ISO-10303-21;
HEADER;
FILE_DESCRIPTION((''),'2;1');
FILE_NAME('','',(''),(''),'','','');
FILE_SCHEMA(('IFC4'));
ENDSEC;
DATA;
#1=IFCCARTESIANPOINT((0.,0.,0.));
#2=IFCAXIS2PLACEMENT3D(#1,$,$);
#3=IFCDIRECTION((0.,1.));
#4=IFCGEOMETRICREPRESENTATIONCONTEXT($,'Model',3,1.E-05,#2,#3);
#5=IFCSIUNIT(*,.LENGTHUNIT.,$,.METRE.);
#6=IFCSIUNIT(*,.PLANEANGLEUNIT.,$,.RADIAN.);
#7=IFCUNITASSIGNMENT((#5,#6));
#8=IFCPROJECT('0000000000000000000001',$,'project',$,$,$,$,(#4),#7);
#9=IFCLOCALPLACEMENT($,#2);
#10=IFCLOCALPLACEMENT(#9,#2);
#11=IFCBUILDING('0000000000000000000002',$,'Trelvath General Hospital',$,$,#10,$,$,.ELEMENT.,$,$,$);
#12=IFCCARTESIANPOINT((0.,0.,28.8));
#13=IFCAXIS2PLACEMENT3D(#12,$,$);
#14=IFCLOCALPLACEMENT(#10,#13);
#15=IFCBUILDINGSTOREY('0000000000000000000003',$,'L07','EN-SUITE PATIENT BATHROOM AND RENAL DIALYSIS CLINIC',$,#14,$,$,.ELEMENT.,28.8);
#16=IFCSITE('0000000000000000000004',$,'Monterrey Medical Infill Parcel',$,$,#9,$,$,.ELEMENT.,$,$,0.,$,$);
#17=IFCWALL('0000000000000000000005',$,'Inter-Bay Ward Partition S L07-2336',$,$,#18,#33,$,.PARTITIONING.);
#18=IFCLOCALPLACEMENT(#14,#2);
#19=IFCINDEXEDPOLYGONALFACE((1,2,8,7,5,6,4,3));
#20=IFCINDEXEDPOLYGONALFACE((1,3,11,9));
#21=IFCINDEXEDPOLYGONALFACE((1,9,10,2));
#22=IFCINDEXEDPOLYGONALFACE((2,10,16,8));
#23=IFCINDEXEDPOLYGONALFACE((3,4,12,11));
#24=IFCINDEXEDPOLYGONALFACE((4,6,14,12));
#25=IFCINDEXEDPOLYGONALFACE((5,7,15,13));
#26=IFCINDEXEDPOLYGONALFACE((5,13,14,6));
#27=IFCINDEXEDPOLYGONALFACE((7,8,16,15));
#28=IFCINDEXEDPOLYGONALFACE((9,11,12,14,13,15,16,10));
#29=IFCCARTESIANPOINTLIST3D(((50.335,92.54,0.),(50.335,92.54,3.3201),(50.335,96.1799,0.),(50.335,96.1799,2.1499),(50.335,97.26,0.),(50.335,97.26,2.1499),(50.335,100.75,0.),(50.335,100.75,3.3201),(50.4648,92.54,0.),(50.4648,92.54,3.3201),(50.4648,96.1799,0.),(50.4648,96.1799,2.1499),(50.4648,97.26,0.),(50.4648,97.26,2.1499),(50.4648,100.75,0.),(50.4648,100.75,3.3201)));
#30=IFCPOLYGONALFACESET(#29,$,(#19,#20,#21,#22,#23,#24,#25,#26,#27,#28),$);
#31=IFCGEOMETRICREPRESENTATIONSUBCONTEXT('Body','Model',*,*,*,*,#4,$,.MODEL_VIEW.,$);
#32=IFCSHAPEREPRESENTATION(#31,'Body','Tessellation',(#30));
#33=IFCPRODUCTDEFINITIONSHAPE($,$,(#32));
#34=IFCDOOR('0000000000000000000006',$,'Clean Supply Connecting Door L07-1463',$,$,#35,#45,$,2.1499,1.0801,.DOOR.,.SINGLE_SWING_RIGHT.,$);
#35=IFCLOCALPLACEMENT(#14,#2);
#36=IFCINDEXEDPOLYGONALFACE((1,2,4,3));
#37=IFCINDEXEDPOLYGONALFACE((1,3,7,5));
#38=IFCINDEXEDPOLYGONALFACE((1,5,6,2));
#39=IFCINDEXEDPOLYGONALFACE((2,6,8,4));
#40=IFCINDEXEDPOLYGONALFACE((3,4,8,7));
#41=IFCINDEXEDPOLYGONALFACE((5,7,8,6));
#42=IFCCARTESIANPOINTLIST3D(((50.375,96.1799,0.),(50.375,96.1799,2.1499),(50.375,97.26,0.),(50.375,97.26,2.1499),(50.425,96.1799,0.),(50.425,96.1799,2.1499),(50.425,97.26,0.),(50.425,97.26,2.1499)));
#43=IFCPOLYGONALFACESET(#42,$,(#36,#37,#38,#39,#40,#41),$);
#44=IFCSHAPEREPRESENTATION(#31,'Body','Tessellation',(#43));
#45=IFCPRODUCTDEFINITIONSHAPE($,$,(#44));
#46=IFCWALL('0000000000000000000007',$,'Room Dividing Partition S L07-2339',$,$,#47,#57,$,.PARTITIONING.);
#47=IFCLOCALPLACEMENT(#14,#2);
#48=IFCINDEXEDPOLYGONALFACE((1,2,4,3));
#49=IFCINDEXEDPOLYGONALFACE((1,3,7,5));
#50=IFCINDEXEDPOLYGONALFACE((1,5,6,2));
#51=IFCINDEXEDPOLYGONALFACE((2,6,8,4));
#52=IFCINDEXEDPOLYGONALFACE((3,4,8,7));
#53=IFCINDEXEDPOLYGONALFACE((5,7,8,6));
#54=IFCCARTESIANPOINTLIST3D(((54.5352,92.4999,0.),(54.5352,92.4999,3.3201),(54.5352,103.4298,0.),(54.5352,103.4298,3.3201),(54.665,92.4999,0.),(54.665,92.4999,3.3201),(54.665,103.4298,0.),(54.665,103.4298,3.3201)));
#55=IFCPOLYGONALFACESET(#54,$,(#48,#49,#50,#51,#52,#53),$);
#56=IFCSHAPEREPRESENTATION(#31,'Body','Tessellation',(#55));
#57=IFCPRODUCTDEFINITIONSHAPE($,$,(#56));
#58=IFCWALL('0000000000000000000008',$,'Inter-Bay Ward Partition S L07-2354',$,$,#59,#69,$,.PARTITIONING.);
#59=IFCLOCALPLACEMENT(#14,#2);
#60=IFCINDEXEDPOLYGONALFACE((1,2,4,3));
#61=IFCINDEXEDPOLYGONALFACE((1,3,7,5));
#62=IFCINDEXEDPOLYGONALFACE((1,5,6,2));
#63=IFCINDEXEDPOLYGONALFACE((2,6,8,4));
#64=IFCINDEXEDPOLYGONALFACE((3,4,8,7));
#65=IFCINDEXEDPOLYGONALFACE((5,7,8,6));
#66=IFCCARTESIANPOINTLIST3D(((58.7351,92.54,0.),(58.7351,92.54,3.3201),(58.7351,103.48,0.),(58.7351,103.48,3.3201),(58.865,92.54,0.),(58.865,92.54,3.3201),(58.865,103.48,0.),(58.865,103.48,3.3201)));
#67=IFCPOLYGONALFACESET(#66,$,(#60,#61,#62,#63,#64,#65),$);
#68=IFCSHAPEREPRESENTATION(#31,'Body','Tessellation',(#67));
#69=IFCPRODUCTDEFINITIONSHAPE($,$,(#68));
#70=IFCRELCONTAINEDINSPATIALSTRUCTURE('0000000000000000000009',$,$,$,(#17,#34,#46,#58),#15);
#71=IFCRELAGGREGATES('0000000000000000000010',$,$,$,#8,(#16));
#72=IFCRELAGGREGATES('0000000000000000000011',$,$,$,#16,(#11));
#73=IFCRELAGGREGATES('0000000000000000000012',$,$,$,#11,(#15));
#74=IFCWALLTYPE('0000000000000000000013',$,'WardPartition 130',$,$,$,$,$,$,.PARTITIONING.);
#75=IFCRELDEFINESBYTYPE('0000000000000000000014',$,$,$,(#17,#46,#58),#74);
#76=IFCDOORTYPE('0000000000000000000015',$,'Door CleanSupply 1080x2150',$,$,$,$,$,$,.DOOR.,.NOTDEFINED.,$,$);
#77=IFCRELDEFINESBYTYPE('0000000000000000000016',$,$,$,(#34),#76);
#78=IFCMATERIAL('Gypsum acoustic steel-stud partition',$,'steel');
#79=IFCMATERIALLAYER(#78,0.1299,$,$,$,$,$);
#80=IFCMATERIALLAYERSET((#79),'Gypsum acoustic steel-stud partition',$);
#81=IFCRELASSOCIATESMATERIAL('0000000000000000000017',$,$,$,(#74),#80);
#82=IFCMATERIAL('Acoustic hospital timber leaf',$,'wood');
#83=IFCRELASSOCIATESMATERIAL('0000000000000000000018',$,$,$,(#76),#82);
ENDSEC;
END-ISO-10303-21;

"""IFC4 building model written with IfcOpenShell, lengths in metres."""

from ifc_helpers import new_model, si_unit, direction, frame, frame_2d, origin, place, context, subcontext, project, spatial, rectangle, extrude, material, layer, layer_set, type_object, element, fill, save


model = new_model("IFC4")

# Units and contexts
model_context = context("Model", 3, precision=1e-05, world=origin(), true_north=direction((0.0, 1.0)))
body_context = subcontext(model_context, "Body", "Model", "MODEL_VIEW")
ifc_project = project(units=[si_unit("LENGTHUNIT", "METRE"), si_unit("PLANEANGLEUNIT", "RADIAN")], contexts=[model_context])

# Site, building, storey
site_placement = place(None, origin())
site = spatial("IfcSite", under=ifc_project, at=site_placement, Name="Monterrey Medical Infill Parcel", CompositionType="ELEMENT", RefElevation=0.0)
building_placement = place(site_placement, origin())
building = spatial("IfcBuilding", under=site, at=building_placement, Name="Trelvath General Hospital", CompositionType="ELEMENT")
storey_placement = place(building_placement, frame((0.0, 0.0, 28.8)))
storey = spatial("IfcBuildingStorey", under=building, at=storey_placement, Name="L07", Description="EN-SUITE PATIENT BATHROOM AND RENAL DIALYSIS CLINIC", CompositionType="ELEMENT", Elevation=28.8)

# Wall, opening, door
ifc_material_1 = material(Name="Gypsum acoustic steel-stud partition", Category="steel")
ifc_layer_1 = layer(ifc_material_1, 0.1299)
ifc_layer_set_1 = layer_set([ifc_layer_1], Name="Gypsum acoustic steel-stud partition")
wall_type_1 = type_object("IfcWallType", Name="WardPartition 130", PredefinedType="PARTITIONING", material=ifc_layer_set_1)
wall_1_placement = place(storey_placement, frame((50.3999, 92.54, 0.0), z_axis=(0.0, 0.0, 1.0), x_axis=(0.0, 1.0, 0.0)))
wall_1 = element("IfcWall", 1, at=wall_1_placement, inside=storey, type_object=wall_type_1, Name="Inter-Bay Ward Partition S L07-2336", PredefinedType="PARTITIONING", context=body_context, shape_type="SweptSolid", body=[
    extrude(rectangle(XDim=8.21, YDim=0.1299, at=frame_2d((4.105, 0.0))), origin(), (0.0, 0.0, 1.0), 3.3201),
])
opening_1_placement = place(wall_1_placement, frame((3.6399, 0.0, 0.0)))
opening_1 = element("IfcOpeningElement", 2, at=opening_1_placement, cuts=wall_1, PredefinedType="OPENING", context=body_context, shape_type="SweptSolid", body=[
    extrude(rectangle(XDim=1.0801, YDim=2.1499, at=frame_2d((0.54, 1.075))), frame((0.0, 0.075, 0.0), z_axis=(0.0, -1.0, 0.0), x_axis=(1.0, 0.0, 0.0)), (0.0, 0.0, 1.0), 0.1499),
])
ifc_material_2 = material(Name="Acoustic hospital timber leaf", Category="wood")
door_type_1 = type_object("IfcDoorType", Name="Door CleanSupply 1080x2150", OperationType="NOTDEFINED", PredefinedType="DOOR", material=ifc_material_2)
door_1_placement = place(opening_1_placement, origin())
door_1 = element("IfcDoor", 3, at=door_1_placement, inside=storey, type_object=door_type_1, Name="Clean Supply Connecting Door L07-1463", OperationType="SINGLE_SWING_RIGHT", OverallHeight=2.1499, OverallWidth=1.0801, PredefinedType="DOOR", context=body_context, shape_type="SweptSolid", body=[
    extrude(rectangle(XDim=1.0801, YDim=2.1499, at=frame_2d((0.54, 1.075))), frame((0.0, 0.0249, 0.0), z_axis=(0.0, -1.0, 0.0), x_axis=(1.0, 0.0, 0.0)), (0.0, 0.0, 1.0), 0.05),
])
fill(opening_1, door_1)

# Walls
wall_2_placement = place(storey_placement, frame((54.6001, 92.5, 0.0), z_axis=(0.0, 0.0, 1.0), x_axis=(0.0, 1.0, 0.0)))
element("IfcWall", 4, at=wall_2_placement, inside=storey, type_object=wall_type_1, Name="Room Dividing Partition S L07-2339", PredefinedType="PARTITIONING", context=body_context, shape_type="SweptSolid", body=[
    extrude(rectangle(XDim=10.9299, YDim=0.1299, at=frame_2d((5.4648, 0.0))), origin(), (0.0, 0.0, 1.0), 3.3201),
])
wall_3_placement = place(storey_placement, frame((58.8, 92.54, 0.0), z_axis=(0.0, 0.0, 1.0), x_axis=(0.0, 1.0, 0.0)))
element("IfcWall", 5, at=wall_3_placement, inside=storey, type_object=wall_type_1, Name="Inter-Bay Ward Partition S L07-2354", PredefinedType="PARTITIONING", context=body_context, shape_type="SweptSolid", body=[
    extrude(rectangle(XDim=10.9399, YDim=0.1299, at=frame_2d((5.47, 0.0))), origin(), (0.0, 0.0, 1.0), 3.3201),
])

save(model, "model.ifc")
